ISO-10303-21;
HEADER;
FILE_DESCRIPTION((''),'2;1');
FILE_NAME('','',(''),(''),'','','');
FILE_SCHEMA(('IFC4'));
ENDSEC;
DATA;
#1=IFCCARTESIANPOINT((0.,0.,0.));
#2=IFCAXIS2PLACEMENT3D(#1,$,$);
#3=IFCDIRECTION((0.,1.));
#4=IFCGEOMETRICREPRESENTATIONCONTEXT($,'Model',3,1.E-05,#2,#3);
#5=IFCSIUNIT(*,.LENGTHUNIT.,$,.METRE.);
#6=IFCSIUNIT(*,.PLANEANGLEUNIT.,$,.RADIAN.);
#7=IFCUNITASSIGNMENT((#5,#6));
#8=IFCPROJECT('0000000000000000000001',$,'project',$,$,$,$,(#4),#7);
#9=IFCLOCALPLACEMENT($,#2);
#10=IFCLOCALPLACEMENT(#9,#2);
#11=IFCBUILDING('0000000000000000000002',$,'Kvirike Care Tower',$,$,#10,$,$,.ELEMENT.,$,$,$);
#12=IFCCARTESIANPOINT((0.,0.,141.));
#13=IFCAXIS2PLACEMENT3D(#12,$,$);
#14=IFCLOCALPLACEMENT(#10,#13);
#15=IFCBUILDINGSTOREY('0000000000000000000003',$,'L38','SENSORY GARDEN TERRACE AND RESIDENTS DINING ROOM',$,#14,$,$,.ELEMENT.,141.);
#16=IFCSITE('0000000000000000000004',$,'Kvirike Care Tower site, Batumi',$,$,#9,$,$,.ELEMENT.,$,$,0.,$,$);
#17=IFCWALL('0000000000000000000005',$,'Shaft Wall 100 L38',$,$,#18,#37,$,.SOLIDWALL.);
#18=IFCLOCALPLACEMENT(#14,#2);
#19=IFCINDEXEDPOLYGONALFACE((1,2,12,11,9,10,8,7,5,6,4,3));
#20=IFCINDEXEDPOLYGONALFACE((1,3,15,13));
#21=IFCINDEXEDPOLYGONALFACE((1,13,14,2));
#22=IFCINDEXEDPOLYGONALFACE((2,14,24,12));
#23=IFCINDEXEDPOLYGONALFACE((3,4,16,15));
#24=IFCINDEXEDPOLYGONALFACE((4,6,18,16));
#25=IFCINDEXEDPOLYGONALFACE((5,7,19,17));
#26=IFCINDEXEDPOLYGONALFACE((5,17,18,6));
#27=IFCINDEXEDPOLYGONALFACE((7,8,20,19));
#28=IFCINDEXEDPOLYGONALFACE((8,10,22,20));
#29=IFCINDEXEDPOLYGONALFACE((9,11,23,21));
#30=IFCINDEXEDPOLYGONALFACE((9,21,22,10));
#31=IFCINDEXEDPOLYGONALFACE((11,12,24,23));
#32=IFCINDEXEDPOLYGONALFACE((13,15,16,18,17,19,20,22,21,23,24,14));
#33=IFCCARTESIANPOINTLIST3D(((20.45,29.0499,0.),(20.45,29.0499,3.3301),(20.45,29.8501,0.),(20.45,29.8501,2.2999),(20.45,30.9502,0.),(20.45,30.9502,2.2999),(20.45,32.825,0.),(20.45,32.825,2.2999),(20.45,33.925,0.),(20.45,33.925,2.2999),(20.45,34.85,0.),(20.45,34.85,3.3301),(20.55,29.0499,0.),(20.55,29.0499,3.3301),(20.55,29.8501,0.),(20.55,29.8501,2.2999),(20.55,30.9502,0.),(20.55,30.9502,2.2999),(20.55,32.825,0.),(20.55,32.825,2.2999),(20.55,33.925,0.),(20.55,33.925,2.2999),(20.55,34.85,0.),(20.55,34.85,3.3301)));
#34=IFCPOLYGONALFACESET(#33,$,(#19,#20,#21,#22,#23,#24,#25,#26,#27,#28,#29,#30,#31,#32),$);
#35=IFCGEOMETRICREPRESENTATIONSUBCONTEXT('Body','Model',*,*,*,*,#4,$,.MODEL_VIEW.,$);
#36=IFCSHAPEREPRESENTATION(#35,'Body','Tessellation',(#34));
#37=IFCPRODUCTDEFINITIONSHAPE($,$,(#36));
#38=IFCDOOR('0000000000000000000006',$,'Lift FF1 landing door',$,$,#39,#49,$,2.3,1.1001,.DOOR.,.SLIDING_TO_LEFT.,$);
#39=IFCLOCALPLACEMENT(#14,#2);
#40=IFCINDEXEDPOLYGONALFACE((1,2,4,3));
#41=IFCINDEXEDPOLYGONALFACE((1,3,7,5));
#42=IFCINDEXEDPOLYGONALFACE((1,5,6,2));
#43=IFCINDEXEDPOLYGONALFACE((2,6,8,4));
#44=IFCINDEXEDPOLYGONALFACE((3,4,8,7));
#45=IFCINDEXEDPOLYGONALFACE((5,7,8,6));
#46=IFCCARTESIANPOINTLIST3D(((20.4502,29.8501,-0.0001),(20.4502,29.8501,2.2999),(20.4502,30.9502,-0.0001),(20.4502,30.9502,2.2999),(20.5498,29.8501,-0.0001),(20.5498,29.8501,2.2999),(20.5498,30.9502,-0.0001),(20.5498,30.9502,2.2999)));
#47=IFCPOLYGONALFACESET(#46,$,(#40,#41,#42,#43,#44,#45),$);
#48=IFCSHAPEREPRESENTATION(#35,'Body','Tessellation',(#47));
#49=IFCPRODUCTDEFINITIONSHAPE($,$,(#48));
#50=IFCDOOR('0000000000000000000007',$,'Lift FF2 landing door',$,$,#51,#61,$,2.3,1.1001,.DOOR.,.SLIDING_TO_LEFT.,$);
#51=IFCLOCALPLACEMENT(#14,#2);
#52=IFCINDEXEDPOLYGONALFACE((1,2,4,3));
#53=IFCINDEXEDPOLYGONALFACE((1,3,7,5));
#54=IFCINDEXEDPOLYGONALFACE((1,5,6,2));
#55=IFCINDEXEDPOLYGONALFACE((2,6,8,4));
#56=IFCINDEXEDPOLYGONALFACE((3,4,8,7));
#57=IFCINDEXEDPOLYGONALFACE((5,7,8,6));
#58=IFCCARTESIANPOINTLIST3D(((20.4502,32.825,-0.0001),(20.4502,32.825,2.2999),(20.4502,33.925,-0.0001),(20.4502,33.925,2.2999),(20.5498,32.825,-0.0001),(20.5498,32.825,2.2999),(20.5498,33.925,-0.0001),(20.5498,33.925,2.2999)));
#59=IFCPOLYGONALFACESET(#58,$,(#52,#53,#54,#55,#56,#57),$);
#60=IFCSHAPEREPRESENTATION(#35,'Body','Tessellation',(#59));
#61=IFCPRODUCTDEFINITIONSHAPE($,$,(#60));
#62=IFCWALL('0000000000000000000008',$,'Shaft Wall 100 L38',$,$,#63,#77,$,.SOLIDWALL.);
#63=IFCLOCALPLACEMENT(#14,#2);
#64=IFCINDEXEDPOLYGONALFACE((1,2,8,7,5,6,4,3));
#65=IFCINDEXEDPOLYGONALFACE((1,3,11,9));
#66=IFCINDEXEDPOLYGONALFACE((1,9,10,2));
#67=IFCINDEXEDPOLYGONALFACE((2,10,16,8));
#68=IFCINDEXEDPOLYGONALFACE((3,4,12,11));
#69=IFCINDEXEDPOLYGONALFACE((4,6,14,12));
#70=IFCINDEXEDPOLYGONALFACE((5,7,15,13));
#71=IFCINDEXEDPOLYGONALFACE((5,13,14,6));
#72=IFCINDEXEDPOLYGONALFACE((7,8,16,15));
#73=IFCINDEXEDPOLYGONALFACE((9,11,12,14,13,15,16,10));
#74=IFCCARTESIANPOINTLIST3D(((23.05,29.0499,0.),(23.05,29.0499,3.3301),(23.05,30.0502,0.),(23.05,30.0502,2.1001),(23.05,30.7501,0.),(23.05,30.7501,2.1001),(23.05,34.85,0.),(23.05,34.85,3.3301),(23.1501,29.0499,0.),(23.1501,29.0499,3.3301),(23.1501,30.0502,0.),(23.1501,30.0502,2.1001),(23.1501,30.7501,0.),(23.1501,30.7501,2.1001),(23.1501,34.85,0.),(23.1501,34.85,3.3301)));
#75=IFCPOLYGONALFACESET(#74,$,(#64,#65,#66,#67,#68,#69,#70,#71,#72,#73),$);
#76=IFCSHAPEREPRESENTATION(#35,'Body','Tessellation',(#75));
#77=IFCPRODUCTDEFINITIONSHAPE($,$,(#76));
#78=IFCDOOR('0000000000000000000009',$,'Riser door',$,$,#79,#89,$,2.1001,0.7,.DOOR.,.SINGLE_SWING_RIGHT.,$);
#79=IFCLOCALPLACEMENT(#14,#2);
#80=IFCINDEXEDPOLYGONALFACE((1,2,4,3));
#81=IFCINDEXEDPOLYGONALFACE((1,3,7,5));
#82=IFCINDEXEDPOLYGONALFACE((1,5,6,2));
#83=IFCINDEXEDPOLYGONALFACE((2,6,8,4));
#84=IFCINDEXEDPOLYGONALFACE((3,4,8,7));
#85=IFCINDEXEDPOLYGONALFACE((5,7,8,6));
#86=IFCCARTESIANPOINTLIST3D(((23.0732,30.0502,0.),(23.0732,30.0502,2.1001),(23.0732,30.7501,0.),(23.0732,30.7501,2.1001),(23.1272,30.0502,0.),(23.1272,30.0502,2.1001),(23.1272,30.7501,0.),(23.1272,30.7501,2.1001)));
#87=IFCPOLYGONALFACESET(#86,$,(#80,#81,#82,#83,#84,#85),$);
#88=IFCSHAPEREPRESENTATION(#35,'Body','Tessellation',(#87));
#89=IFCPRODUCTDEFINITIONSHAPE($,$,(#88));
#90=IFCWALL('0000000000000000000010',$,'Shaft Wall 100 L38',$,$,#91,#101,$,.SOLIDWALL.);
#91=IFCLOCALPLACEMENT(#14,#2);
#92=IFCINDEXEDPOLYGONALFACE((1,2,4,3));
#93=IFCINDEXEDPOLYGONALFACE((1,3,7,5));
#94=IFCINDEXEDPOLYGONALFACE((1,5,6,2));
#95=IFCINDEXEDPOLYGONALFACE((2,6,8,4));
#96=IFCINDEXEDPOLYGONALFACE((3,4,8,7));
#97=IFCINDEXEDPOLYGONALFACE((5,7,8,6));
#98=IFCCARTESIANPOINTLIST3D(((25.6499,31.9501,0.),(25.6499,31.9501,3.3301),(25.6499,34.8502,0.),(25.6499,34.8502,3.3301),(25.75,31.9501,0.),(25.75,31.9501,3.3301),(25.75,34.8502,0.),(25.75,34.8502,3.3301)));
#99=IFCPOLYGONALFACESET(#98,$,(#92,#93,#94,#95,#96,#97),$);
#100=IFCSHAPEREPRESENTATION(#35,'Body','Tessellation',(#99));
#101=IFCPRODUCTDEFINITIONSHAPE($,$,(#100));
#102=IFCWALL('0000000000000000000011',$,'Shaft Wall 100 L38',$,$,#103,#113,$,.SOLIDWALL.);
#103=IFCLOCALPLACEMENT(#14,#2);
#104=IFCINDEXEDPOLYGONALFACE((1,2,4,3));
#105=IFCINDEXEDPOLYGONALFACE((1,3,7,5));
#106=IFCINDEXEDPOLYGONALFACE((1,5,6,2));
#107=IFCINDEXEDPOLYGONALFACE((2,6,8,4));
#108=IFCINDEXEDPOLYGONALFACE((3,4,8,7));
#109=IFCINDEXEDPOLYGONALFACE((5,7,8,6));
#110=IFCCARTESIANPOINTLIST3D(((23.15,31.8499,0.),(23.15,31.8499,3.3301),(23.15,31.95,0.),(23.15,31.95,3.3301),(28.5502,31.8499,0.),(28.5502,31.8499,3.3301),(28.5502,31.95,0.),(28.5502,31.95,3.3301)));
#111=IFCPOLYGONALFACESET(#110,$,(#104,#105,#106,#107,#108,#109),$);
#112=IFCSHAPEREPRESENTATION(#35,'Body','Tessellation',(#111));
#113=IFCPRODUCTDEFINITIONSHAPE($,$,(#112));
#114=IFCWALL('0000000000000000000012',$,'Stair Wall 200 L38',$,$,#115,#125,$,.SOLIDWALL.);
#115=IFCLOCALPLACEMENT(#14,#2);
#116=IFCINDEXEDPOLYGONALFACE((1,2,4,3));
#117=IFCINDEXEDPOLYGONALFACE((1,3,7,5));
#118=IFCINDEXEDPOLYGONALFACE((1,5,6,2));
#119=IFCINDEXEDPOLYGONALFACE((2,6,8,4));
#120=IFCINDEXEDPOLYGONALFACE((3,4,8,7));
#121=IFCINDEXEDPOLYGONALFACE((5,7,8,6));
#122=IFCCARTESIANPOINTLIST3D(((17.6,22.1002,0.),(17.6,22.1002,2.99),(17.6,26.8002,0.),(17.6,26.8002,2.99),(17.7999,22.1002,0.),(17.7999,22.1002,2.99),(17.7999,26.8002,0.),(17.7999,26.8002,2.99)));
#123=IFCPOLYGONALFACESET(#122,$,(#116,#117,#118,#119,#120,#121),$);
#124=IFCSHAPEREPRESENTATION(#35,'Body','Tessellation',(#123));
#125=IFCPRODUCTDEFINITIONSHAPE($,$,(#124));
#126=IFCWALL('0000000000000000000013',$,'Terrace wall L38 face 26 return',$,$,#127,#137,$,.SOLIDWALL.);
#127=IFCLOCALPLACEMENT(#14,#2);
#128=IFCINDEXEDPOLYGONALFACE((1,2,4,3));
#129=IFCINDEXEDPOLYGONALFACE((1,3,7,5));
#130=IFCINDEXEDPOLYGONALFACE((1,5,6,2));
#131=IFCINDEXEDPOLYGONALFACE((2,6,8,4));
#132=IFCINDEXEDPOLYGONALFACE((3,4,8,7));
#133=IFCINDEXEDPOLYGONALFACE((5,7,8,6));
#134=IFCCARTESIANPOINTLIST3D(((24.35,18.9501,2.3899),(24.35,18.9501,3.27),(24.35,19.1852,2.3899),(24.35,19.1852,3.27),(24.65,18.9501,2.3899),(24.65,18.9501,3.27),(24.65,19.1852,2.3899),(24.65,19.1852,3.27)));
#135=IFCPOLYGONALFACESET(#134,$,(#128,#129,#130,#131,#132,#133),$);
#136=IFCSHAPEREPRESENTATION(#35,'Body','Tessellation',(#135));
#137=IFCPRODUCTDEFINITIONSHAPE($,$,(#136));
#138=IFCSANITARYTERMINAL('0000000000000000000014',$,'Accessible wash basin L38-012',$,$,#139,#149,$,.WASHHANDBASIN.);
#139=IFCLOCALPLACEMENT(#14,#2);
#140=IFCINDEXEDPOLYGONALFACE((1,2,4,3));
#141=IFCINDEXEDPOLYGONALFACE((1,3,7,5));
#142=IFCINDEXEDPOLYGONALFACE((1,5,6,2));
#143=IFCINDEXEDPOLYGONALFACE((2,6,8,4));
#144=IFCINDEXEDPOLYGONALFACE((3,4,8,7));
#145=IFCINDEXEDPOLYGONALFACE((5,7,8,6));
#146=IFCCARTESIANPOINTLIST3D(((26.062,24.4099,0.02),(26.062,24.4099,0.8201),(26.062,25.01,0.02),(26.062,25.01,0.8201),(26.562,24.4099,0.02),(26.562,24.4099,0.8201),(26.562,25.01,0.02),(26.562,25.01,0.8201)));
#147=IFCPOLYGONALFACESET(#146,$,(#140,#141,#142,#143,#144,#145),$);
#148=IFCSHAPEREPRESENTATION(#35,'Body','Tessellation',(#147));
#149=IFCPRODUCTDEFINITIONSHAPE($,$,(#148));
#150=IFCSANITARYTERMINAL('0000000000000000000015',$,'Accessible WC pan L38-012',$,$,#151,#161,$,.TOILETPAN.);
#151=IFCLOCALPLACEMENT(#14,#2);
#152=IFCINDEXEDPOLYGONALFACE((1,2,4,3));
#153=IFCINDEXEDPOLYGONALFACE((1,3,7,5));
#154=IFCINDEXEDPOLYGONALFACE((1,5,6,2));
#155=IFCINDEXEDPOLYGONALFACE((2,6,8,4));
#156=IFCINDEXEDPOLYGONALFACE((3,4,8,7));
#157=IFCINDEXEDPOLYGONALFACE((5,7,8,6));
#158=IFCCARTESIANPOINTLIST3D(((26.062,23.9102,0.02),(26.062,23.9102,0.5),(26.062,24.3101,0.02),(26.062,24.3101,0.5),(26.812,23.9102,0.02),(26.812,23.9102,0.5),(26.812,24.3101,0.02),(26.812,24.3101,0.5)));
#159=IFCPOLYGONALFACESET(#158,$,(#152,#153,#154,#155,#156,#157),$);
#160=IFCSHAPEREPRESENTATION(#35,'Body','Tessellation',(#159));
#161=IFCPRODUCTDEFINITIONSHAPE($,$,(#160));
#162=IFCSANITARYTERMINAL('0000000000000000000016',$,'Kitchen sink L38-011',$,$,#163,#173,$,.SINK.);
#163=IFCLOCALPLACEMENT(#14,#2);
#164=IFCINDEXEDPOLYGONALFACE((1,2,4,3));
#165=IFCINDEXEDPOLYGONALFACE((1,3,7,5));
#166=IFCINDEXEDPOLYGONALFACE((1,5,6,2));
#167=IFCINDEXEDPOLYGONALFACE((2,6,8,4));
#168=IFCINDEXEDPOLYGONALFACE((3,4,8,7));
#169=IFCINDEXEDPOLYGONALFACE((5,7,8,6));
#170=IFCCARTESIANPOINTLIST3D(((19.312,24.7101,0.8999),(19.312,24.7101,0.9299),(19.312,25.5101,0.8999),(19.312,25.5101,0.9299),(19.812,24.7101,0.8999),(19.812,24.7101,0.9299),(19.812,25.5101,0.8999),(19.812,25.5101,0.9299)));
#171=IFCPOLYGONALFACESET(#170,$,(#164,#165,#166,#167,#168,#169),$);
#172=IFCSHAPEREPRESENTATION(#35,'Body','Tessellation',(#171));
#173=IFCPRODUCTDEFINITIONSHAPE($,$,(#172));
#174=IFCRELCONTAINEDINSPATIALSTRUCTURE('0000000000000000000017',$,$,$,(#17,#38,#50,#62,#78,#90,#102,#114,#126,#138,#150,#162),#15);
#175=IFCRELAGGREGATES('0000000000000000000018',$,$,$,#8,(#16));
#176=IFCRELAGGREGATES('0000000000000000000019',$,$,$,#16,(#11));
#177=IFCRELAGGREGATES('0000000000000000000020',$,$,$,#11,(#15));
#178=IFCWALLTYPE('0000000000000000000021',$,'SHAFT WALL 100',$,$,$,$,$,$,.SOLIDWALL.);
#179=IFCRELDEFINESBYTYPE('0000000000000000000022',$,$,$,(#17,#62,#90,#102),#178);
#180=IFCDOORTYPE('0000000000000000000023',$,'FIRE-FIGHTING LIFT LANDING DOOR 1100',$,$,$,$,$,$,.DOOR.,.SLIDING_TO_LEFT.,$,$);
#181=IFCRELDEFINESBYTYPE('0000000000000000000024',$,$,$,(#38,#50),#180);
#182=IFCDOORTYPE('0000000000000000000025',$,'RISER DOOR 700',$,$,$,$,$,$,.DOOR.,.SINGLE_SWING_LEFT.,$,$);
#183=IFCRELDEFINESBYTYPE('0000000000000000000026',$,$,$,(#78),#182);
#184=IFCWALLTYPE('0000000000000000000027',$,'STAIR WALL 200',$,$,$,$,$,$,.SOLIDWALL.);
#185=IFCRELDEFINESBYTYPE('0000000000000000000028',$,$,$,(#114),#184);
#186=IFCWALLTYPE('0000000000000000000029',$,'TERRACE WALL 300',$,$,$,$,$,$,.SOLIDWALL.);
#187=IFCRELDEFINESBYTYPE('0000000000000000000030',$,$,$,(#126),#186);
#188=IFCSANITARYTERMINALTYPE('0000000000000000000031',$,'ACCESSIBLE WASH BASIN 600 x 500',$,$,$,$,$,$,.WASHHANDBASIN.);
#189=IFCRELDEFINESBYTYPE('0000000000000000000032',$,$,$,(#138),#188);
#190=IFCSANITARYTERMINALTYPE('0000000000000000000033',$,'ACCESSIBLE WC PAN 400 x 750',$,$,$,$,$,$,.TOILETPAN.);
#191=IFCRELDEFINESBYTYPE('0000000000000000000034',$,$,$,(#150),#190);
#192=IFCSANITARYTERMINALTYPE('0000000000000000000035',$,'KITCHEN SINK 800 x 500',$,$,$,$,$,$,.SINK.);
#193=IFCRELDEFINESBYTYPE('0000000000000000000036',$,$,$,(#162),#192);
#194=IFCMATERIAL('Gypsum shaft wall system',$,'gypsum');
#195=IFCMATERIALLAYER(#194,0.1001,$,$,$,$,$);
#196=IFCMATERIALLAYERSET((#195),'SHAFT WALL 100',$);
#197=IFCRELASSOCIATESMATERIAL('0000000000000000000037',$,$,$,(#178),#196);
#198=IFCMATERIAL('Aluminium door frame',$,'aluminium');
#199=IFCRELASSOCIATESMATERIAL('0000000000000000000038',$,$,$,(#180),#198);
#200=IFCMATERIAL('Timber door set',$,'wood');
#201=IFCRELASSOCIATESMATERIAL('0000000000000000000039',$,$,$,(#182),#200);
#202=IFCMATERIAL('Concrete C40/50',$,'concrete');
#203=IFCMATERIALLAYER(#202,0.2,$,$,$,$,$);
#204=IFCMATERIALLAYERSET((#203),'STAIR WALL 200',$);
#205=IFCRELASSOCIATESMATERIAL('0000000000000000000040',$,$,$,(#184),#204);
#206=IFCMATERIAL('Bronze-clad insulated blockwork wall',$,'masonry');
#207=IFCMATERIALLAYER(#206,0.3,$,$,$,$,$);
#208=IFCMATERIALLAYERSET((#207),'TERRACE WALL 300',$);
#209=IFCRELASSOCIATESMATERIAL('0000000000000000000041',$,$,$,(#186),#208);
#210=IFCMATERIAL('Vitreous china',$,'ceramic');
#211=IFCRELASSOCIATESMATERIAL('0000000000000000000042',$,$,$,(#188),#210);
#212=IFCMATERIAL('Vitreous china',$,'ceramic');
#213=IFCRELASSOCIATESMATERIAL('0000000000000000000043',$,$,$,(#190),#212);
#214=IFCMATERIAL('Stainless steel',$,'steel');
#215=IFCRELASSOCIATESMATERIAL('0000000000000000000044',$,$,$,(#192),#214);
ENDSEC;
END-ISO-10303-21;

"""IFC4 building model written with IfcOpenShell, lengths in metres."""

from ifc_helpers import new_model, si_unit, direction, frame, frame_2d, origin, origin_2d, place, context, subcontext, project, spatial, rectangle, extrude, material, layer, layer_set, type_object, element, fill, save


model = new_model("IFC4")

# Units and contexts
model_context = context("Model", 3, precision=1e-05, world=origin(), true_north=direction((0.0, 1.0)))
body_context = subcontext(model_context, "Body", "Model", "MODEL_VIEW")
ifc_project = project(units=[si_unit("LENGTHUNIT", "METRE"), si_unit("PLANEANGLEUNIT", "RADIAN")], contexts=[model_context])

# Site, building, storey
site_placement = place(None, origin())
site = spatial("IfcSite", under=ifc_project, at=site_placement, Name="Kvirike Care Tower site, Batumi", CompositionType="ELEMENT", RefElevation=0.0)
building_placement = place(site_placement, origin())
building = spatial("IfcBuilding", under=site, at=building_placement, Name="Kvirike Care Tower", CompositionType="ELEMENT")
storey_placement = place(building_placement, frame((0.0, 0.0, 141.0)))
storey = spatial("IfcBuildingStorey", under=building, at=storey_placement, Name="L38", Description="SENSORY GARDEN TERRACE AND RESIDENTS DINING ROOM", CompositionType="ELEMENT", Elevation=141.0)

# Shared definitions
ifc_material_1 = material(Name="Gypsum shaft wall system", Category="gypsum")
ifc_layer_1 = layer(ifc_material_1, 0.1001)
ifc_layer_set_1 = layer_set([ifc_layer_1], Name="SHAFT WALL 100")
wall_type_1 = type_object("IfcWallType", Name="SHAFT WALL 100", PredefinedType="SOLIDWALL", material=ifc_layer_set_1)

# Wall, openings, doors
wall_1_placement = place(storey_placement, frame((20.5, 29.05, 0.0), z_axis=(0.0, 0.0, 1.0), x_axis=(0.0, 1.0, 0.0)))
wall_1 = element("IfcWall", 1, at=wall_1_placement, inside=storey, type_object=wall_type_1, Name="Shaft Wall 100 L38", PredefinedType="SOLIDWALL", context=body_context, shape_type="SweptSolid", body=[
    extrude(rectangle(XDim=5.8, YDim=0.1001, at=frame_2d((2.8999, 0.0))), origin(), (0.0, 0.0, 1.0), 3.3301),
])
opening_1_placement = place(wall_1_placement, frame((0.8, 0.0, 0.0)))
opening_1 = element("IfcOpeningElement", 2, at=opening_1_placement, cuts=wall_1, PredefinedType="OPENING", context=body_context, shape_type="SweptSolid", body=[
    extrude(rectangle(XDim=1.1001, YDim=2.3, at=frame_2d((0.55, 1.1499))), frame((0.0, 0.0605, 0.0), z_axis=(0.0, -1.0, 0.0), x_axis=(1.0, 0.0, 0.0)), (0.0, 0.0, 1.0), 0.1211),
])
opening_2_placement = place(wall_1_placement, frame((3.7749, 0.0, 0.0)))
opening_2 = element("IfcOpeningElement", 3, at=opening_2_placement, cuts=wall_1, PredefinedType="OPENING", context=body_context, shape_type="SweptSolid", body=[
    extrude(rectangle(XDim=1.1001, YDim=2.3, at=frame_2d((0.55, 1.1499))), frame((0.0, 0.0605, 0.0), z_axis=(0.0, -1.0, 0.0), x_axis=(1.0, 0.0, 0.0)), (0.0, 0.0, 1.0), 0.1211),
])
ifc_material_2 = material(Name="Aluminium door frame", Category="aluminium")
door_type_1 = type_object("IfcDoorType", Name="FIRE-FIGHTING LIFT LANDING DOOR 1100", OperationType="SLIDING_TO_LEFT", PredefinedType="DOOR", material=ifc_material_2)
door_1_placement = place(opening_1_placement, origin())
door_1 = element("IfcDoor", 4, at=door_1_placement, inside=storey, type_object=door_type_1, Name="Lift FF1 landing door", OperationType="SLIDING_TO_LEFT", OverallHeight=2.3, OverallWidth=1.1001, PredefinedType="DOOR", context=body_context, shape_type="SweptSolid", body=[
    extrude(rectangle(XDim=1.1001, YDim=2.3, at=frame_2d((0.55, 1.1499))), frame((0.0, 0.0498, 0.0), z_axis=(0.0, -1.0, 0.0), x_axis=(1.0, 0.0, 0.0)), (0.0, 0.0, 1.0), 0.0996),
])
fill(opening_1, door_1)
door_2_placement = place(opening_2_placement, origin())
door_2 = element("IfcDoor", 5, at=door_2_placement, inside=storey, type_object=door_type_1, Name="Lift FF2 landing door", OperationType="SLIDING_TO_LEFT", OverallHeight=2.3, OverallWidth=1.1001, PredefinedType="DOOR", context=body_context, shape_type="SweptSolid", body=[
    extrude(rectangle(XDim=1.1001, YDim=2.3, at=frame_2d((0.55, 1.1499))), frame((0.0, 0.0498, 0.0), z_axis=(0.0, -1.0, 0.0), x_axis=(1.0, 0.0, 0.0)), (0.0, 0.0, 1.0), 0.0996),
])
fill(opening_2, door_2)

# Wall, opening, door
wall_2_placement = place(storey_placement, frame((23.1001, 29.05, 0.0), z_axis=(0.0, 0.0, 1.0), x_axis=(0.0, 1.0, 0.0)))
wall_2 = element("IfcWall", 6, at=wall_2_placement, inside=storey, type_object=wall_type_1, Name="Shaft Wall 100 L38", PredefinedType="SOLIDWALL", context=body_context, shape_type="SweptSolid", body=[
    extrude(rectangle(XDim=5.8, YDim=0.1001, at=frame_2d((2.8999, 0.0))), origin(), (0.0, 0.0, 1.0), 3.3301),
])
opening_3_placement = place(wall_2_placement, frame((1.0, 0.0, 0.0)))
opening_3 = element("IfcOpeningElement", 7, at=opening_3_placement, cuts=wall_2, PredefinedType="OPENING", context=body_context, shape_type="SweptSolid", body=[
    extrude(rectangle(XDim=0.7, YDim=2.1001, at=frame_2d((0.3501, 1.05))), frame((0.0, 0.0605, 0.0), z_axis=(0.0, -1.0, 0.0), x_axis=(1.0, 0.0, 0.0)), (0.0, 0.0, 1.0), 0.1211),
])
ifc_material_3 = material(Name="Timber door set", Category="wood")
door_type_2 = type_object("IfcDoorType", Name="RISER DOOR 700", OperationType="SINGLE_SWING_LEFT", PredefinedType="DOOR", material=ifc_material_3)
door_3_placement = place(opening_3_placement, origin())
door_3 = element("IfcDoor", 8, at=door_3_placement, inside=storey, type_object=door_type_2, Name="Riser door", OperationType="SINGLE_SWING_RIGHT", OverallHeight=2.1001, OverallWidth=0.7, PredefinedType="DOOR", context=body_context, shape_type="SweptSolid", body=[
    extrude(rectangle(XDim=0.7, YDim=2.1001, at=frame_2d((0.3501, 1.05))), frame((0.0, 0.0269, 0.0), z_axis=(0.0, -1.0, 0.0), x_axis=(1.0, 0.0, 0.0)), (0.0, 0.0, 1.0), 0.054),
])
fill(opening_3, door_3)

# Walls
wall_3_placement = place(storey_placement, frame((25.7, 31.95, 0.0), z_axis=(0.0, 0.0, 1.0), x_axis=(0.0, 1.0, 0.0)))
element("IfcWall", 9, at=wall_3_placement, inside=storey, type_object=wall_type_1, Name="Shaft Wall 100 L38", PredefinedType="SOLIDWALL", context=body_context, shape_type="SweptSolid", body=[
    extrude(rectangle(XDim=2.9001, YDim=0.1001, at=frame_2d((1.4502, 0.0))), origin(), (0.0, 0.0, 1.0), 3.3301),
])
wall_4_placement = place(storey_placement, frame((23.1499, 31.8999, 0.0), z_axis=(0.0, 0.0, 1.0), x_axis=(1.0, 0.0, 0.0)))
element("IfcWall", 10, at=wall_4_placement, inside=storey, type_object=wall_type_1, Name="Shaft Wall 100 L38", PredefinedType="SOLIDWALL", context=body_context, shape_type="SweptSolid", body=[
    extrude(rectangle(XDim=5.4001, YDim=0.1001, at=frame_2d((2.7002, 0.0))), origin(), (0.0, 0.0, 1.0), 3.3301),
])
ifc_material_4 = material(Name="Concrete C40/50", Category="concrete")
ifc_layer_2 = layer(ifc_material_4, 0.2)
ifc_layer_set_2 = layer_set([ifc_layer_2], Name="STAIR WALL 200")
wall_type_2 = type_object("IfcWallType", Name="STAIR WALL 200", PredefinedType="SOLIDWALL", material=ifc_layer_set_2)
wall_5_placement = place(storey_placement, frame((17.7, 22.1001, 0.0), z_axis=(0.0, 0.0, 1.0), x_axis=(0.0, 1.0, 0.0)))
element("IfcWall", 11, at=wall_5_placement, inside=storey, type_object=wall_type_2, Name="Stair Wall 200 L38", PredefinedType="SOLIDWALL", context=body_context, shape_type="SweptSolid", body=[
    extrude(rectangle(XDim=4.7, YDim=0.2, at=frame_2d((2.3501, 0.0))), origin(), (0.0, 0.0, 1.0), 2.99),
])
ifc_material_5 = material(Name="Bronze-clad insulated blockwork wall", Category="masonry")
ifc_layer_3 = layer(ifc_material_5, 0.3)
ifc_layer_set_3 = layer_set([ifc_layer_3], Name="TERRACE WALL 300")
wall_type_3 = type_object("IfcWallType", Name="TERRACE WALL 300", PredefinedType="SOLIDWALL", material=ifc_layer_set_3)
wall_6_placement = place(storey_placement, frame((24.5, 18.95, 2.3899), z_axis=(0.0, 0.0, 1.0), x_axis=(0.0, 1.0, 0.0)))
element("IfcWall", 12, at=wall_6_placement, inside=storey, type_object=wall_type_3, Name="Terrace wall L38 face 26 return", PredefinedType="SOLIDWALL", context=body_context, shape_type="SweptSolid", body=[
    extrude(rectangle(XDim=0.2351, YDim=0.3, at=frame_2d((0.1177, 0.0))), origin(), (0.0, 0.0, 1.0), 0.8801),
])

# Sanitary terminals
ifc_material_6 = material(Name="Vitreous china", Category="ceramic")
sanitary_terminal_type_1 = type_object("IfcSanitaryTerminalType", Name="ACCESSIBLE WASH BASIN 600 x 500", PredefinedType="WASHHANDBASIN", material=ifc_material_6)
sanitary_terminal_1_placement = place(storey_placement, frame((26.312, 24.71, 0.02), z_axis=(0.0, 0.0, 1.0), x_axis=(0.0, 1.0, 0.0)))
element("IfcSanitaryTerminal", 13, at=sanitary_terminal_1_placement, inside=storey, type_object=sanitary_terminal_type_1, Name="Accessible wash basin L38-012", PredefinedType="WASHHANDBASIN", context=body_context, shape_type="SweptSolid", body=[
    extrude(rectangle(XDim=0.6001, YDim=0.5, at=origin_2d()), origin(), (0.0, 0.0, 1.0), 0.8),
])
ifc_material_7 = material(Name="Vitreous china", Category="ceramic")
sanitary_terminal_type_2 = type_object("IfcSanitaryTerminalType", Name="ACCESSIBLE WC PAN 400 x 750", PredefinedType="TOILETPAN", material=ifc_material_7)
sanitary_terminal_2_placement = place(storey_placement, frame((26.437, 24.1101, 0.02), z_axis=(0.0, 0.0, 1.0), x_axis=(0.0, 1.0, 0.0)))
element("IfcSanitaryTerminal", 14, at=sanitary_terminal_2_placement, inside=storey, type_object=sanitary_terminal_type_2, Name="Accessible WC pan L38-012", PredefinedType="TOILETPAN", context=body_context, shape_type="SweptSolid", body=[
    extrude(rectangle(XDim=0.3999, YDim=0.75, at=origin_2d()), origin(), (0.0, 0.0, 1.0), 0.48),
])
ifc_material_8 = material(Name="Stainless steel", Category="steel")
sanitary_terminal_type_3 = type_object("IfcSanitaryTerminalType", Name="KITCHEN SINK 800 x 500", PredefinedType="SINK", material=ifc_material_8)
sanitary_terminal_3_placement = place(storey_placement, frame((19.562, 25.1101, 0.8999), z_axis=(0.0, 0.0, 1.0), x_axis=(0.0, 1.0, 0.0)))
element("IfcSanitaryTerminal", 15, at=sanitary_terminal_3_placement, inside=storey, type_object=sanitary_terminal_type_3, Name="Kitchen sink L38-011", PredefinedType="SINK", context=body_context, shape_type="SweptSolid", body=[
    extrude(rectangle(XDim=0.8, YDim=0.5, at=origin_2d()), origin(), (0.0, 0.0, 1.0), 0.03),
])

save(model, "model.ifc")
